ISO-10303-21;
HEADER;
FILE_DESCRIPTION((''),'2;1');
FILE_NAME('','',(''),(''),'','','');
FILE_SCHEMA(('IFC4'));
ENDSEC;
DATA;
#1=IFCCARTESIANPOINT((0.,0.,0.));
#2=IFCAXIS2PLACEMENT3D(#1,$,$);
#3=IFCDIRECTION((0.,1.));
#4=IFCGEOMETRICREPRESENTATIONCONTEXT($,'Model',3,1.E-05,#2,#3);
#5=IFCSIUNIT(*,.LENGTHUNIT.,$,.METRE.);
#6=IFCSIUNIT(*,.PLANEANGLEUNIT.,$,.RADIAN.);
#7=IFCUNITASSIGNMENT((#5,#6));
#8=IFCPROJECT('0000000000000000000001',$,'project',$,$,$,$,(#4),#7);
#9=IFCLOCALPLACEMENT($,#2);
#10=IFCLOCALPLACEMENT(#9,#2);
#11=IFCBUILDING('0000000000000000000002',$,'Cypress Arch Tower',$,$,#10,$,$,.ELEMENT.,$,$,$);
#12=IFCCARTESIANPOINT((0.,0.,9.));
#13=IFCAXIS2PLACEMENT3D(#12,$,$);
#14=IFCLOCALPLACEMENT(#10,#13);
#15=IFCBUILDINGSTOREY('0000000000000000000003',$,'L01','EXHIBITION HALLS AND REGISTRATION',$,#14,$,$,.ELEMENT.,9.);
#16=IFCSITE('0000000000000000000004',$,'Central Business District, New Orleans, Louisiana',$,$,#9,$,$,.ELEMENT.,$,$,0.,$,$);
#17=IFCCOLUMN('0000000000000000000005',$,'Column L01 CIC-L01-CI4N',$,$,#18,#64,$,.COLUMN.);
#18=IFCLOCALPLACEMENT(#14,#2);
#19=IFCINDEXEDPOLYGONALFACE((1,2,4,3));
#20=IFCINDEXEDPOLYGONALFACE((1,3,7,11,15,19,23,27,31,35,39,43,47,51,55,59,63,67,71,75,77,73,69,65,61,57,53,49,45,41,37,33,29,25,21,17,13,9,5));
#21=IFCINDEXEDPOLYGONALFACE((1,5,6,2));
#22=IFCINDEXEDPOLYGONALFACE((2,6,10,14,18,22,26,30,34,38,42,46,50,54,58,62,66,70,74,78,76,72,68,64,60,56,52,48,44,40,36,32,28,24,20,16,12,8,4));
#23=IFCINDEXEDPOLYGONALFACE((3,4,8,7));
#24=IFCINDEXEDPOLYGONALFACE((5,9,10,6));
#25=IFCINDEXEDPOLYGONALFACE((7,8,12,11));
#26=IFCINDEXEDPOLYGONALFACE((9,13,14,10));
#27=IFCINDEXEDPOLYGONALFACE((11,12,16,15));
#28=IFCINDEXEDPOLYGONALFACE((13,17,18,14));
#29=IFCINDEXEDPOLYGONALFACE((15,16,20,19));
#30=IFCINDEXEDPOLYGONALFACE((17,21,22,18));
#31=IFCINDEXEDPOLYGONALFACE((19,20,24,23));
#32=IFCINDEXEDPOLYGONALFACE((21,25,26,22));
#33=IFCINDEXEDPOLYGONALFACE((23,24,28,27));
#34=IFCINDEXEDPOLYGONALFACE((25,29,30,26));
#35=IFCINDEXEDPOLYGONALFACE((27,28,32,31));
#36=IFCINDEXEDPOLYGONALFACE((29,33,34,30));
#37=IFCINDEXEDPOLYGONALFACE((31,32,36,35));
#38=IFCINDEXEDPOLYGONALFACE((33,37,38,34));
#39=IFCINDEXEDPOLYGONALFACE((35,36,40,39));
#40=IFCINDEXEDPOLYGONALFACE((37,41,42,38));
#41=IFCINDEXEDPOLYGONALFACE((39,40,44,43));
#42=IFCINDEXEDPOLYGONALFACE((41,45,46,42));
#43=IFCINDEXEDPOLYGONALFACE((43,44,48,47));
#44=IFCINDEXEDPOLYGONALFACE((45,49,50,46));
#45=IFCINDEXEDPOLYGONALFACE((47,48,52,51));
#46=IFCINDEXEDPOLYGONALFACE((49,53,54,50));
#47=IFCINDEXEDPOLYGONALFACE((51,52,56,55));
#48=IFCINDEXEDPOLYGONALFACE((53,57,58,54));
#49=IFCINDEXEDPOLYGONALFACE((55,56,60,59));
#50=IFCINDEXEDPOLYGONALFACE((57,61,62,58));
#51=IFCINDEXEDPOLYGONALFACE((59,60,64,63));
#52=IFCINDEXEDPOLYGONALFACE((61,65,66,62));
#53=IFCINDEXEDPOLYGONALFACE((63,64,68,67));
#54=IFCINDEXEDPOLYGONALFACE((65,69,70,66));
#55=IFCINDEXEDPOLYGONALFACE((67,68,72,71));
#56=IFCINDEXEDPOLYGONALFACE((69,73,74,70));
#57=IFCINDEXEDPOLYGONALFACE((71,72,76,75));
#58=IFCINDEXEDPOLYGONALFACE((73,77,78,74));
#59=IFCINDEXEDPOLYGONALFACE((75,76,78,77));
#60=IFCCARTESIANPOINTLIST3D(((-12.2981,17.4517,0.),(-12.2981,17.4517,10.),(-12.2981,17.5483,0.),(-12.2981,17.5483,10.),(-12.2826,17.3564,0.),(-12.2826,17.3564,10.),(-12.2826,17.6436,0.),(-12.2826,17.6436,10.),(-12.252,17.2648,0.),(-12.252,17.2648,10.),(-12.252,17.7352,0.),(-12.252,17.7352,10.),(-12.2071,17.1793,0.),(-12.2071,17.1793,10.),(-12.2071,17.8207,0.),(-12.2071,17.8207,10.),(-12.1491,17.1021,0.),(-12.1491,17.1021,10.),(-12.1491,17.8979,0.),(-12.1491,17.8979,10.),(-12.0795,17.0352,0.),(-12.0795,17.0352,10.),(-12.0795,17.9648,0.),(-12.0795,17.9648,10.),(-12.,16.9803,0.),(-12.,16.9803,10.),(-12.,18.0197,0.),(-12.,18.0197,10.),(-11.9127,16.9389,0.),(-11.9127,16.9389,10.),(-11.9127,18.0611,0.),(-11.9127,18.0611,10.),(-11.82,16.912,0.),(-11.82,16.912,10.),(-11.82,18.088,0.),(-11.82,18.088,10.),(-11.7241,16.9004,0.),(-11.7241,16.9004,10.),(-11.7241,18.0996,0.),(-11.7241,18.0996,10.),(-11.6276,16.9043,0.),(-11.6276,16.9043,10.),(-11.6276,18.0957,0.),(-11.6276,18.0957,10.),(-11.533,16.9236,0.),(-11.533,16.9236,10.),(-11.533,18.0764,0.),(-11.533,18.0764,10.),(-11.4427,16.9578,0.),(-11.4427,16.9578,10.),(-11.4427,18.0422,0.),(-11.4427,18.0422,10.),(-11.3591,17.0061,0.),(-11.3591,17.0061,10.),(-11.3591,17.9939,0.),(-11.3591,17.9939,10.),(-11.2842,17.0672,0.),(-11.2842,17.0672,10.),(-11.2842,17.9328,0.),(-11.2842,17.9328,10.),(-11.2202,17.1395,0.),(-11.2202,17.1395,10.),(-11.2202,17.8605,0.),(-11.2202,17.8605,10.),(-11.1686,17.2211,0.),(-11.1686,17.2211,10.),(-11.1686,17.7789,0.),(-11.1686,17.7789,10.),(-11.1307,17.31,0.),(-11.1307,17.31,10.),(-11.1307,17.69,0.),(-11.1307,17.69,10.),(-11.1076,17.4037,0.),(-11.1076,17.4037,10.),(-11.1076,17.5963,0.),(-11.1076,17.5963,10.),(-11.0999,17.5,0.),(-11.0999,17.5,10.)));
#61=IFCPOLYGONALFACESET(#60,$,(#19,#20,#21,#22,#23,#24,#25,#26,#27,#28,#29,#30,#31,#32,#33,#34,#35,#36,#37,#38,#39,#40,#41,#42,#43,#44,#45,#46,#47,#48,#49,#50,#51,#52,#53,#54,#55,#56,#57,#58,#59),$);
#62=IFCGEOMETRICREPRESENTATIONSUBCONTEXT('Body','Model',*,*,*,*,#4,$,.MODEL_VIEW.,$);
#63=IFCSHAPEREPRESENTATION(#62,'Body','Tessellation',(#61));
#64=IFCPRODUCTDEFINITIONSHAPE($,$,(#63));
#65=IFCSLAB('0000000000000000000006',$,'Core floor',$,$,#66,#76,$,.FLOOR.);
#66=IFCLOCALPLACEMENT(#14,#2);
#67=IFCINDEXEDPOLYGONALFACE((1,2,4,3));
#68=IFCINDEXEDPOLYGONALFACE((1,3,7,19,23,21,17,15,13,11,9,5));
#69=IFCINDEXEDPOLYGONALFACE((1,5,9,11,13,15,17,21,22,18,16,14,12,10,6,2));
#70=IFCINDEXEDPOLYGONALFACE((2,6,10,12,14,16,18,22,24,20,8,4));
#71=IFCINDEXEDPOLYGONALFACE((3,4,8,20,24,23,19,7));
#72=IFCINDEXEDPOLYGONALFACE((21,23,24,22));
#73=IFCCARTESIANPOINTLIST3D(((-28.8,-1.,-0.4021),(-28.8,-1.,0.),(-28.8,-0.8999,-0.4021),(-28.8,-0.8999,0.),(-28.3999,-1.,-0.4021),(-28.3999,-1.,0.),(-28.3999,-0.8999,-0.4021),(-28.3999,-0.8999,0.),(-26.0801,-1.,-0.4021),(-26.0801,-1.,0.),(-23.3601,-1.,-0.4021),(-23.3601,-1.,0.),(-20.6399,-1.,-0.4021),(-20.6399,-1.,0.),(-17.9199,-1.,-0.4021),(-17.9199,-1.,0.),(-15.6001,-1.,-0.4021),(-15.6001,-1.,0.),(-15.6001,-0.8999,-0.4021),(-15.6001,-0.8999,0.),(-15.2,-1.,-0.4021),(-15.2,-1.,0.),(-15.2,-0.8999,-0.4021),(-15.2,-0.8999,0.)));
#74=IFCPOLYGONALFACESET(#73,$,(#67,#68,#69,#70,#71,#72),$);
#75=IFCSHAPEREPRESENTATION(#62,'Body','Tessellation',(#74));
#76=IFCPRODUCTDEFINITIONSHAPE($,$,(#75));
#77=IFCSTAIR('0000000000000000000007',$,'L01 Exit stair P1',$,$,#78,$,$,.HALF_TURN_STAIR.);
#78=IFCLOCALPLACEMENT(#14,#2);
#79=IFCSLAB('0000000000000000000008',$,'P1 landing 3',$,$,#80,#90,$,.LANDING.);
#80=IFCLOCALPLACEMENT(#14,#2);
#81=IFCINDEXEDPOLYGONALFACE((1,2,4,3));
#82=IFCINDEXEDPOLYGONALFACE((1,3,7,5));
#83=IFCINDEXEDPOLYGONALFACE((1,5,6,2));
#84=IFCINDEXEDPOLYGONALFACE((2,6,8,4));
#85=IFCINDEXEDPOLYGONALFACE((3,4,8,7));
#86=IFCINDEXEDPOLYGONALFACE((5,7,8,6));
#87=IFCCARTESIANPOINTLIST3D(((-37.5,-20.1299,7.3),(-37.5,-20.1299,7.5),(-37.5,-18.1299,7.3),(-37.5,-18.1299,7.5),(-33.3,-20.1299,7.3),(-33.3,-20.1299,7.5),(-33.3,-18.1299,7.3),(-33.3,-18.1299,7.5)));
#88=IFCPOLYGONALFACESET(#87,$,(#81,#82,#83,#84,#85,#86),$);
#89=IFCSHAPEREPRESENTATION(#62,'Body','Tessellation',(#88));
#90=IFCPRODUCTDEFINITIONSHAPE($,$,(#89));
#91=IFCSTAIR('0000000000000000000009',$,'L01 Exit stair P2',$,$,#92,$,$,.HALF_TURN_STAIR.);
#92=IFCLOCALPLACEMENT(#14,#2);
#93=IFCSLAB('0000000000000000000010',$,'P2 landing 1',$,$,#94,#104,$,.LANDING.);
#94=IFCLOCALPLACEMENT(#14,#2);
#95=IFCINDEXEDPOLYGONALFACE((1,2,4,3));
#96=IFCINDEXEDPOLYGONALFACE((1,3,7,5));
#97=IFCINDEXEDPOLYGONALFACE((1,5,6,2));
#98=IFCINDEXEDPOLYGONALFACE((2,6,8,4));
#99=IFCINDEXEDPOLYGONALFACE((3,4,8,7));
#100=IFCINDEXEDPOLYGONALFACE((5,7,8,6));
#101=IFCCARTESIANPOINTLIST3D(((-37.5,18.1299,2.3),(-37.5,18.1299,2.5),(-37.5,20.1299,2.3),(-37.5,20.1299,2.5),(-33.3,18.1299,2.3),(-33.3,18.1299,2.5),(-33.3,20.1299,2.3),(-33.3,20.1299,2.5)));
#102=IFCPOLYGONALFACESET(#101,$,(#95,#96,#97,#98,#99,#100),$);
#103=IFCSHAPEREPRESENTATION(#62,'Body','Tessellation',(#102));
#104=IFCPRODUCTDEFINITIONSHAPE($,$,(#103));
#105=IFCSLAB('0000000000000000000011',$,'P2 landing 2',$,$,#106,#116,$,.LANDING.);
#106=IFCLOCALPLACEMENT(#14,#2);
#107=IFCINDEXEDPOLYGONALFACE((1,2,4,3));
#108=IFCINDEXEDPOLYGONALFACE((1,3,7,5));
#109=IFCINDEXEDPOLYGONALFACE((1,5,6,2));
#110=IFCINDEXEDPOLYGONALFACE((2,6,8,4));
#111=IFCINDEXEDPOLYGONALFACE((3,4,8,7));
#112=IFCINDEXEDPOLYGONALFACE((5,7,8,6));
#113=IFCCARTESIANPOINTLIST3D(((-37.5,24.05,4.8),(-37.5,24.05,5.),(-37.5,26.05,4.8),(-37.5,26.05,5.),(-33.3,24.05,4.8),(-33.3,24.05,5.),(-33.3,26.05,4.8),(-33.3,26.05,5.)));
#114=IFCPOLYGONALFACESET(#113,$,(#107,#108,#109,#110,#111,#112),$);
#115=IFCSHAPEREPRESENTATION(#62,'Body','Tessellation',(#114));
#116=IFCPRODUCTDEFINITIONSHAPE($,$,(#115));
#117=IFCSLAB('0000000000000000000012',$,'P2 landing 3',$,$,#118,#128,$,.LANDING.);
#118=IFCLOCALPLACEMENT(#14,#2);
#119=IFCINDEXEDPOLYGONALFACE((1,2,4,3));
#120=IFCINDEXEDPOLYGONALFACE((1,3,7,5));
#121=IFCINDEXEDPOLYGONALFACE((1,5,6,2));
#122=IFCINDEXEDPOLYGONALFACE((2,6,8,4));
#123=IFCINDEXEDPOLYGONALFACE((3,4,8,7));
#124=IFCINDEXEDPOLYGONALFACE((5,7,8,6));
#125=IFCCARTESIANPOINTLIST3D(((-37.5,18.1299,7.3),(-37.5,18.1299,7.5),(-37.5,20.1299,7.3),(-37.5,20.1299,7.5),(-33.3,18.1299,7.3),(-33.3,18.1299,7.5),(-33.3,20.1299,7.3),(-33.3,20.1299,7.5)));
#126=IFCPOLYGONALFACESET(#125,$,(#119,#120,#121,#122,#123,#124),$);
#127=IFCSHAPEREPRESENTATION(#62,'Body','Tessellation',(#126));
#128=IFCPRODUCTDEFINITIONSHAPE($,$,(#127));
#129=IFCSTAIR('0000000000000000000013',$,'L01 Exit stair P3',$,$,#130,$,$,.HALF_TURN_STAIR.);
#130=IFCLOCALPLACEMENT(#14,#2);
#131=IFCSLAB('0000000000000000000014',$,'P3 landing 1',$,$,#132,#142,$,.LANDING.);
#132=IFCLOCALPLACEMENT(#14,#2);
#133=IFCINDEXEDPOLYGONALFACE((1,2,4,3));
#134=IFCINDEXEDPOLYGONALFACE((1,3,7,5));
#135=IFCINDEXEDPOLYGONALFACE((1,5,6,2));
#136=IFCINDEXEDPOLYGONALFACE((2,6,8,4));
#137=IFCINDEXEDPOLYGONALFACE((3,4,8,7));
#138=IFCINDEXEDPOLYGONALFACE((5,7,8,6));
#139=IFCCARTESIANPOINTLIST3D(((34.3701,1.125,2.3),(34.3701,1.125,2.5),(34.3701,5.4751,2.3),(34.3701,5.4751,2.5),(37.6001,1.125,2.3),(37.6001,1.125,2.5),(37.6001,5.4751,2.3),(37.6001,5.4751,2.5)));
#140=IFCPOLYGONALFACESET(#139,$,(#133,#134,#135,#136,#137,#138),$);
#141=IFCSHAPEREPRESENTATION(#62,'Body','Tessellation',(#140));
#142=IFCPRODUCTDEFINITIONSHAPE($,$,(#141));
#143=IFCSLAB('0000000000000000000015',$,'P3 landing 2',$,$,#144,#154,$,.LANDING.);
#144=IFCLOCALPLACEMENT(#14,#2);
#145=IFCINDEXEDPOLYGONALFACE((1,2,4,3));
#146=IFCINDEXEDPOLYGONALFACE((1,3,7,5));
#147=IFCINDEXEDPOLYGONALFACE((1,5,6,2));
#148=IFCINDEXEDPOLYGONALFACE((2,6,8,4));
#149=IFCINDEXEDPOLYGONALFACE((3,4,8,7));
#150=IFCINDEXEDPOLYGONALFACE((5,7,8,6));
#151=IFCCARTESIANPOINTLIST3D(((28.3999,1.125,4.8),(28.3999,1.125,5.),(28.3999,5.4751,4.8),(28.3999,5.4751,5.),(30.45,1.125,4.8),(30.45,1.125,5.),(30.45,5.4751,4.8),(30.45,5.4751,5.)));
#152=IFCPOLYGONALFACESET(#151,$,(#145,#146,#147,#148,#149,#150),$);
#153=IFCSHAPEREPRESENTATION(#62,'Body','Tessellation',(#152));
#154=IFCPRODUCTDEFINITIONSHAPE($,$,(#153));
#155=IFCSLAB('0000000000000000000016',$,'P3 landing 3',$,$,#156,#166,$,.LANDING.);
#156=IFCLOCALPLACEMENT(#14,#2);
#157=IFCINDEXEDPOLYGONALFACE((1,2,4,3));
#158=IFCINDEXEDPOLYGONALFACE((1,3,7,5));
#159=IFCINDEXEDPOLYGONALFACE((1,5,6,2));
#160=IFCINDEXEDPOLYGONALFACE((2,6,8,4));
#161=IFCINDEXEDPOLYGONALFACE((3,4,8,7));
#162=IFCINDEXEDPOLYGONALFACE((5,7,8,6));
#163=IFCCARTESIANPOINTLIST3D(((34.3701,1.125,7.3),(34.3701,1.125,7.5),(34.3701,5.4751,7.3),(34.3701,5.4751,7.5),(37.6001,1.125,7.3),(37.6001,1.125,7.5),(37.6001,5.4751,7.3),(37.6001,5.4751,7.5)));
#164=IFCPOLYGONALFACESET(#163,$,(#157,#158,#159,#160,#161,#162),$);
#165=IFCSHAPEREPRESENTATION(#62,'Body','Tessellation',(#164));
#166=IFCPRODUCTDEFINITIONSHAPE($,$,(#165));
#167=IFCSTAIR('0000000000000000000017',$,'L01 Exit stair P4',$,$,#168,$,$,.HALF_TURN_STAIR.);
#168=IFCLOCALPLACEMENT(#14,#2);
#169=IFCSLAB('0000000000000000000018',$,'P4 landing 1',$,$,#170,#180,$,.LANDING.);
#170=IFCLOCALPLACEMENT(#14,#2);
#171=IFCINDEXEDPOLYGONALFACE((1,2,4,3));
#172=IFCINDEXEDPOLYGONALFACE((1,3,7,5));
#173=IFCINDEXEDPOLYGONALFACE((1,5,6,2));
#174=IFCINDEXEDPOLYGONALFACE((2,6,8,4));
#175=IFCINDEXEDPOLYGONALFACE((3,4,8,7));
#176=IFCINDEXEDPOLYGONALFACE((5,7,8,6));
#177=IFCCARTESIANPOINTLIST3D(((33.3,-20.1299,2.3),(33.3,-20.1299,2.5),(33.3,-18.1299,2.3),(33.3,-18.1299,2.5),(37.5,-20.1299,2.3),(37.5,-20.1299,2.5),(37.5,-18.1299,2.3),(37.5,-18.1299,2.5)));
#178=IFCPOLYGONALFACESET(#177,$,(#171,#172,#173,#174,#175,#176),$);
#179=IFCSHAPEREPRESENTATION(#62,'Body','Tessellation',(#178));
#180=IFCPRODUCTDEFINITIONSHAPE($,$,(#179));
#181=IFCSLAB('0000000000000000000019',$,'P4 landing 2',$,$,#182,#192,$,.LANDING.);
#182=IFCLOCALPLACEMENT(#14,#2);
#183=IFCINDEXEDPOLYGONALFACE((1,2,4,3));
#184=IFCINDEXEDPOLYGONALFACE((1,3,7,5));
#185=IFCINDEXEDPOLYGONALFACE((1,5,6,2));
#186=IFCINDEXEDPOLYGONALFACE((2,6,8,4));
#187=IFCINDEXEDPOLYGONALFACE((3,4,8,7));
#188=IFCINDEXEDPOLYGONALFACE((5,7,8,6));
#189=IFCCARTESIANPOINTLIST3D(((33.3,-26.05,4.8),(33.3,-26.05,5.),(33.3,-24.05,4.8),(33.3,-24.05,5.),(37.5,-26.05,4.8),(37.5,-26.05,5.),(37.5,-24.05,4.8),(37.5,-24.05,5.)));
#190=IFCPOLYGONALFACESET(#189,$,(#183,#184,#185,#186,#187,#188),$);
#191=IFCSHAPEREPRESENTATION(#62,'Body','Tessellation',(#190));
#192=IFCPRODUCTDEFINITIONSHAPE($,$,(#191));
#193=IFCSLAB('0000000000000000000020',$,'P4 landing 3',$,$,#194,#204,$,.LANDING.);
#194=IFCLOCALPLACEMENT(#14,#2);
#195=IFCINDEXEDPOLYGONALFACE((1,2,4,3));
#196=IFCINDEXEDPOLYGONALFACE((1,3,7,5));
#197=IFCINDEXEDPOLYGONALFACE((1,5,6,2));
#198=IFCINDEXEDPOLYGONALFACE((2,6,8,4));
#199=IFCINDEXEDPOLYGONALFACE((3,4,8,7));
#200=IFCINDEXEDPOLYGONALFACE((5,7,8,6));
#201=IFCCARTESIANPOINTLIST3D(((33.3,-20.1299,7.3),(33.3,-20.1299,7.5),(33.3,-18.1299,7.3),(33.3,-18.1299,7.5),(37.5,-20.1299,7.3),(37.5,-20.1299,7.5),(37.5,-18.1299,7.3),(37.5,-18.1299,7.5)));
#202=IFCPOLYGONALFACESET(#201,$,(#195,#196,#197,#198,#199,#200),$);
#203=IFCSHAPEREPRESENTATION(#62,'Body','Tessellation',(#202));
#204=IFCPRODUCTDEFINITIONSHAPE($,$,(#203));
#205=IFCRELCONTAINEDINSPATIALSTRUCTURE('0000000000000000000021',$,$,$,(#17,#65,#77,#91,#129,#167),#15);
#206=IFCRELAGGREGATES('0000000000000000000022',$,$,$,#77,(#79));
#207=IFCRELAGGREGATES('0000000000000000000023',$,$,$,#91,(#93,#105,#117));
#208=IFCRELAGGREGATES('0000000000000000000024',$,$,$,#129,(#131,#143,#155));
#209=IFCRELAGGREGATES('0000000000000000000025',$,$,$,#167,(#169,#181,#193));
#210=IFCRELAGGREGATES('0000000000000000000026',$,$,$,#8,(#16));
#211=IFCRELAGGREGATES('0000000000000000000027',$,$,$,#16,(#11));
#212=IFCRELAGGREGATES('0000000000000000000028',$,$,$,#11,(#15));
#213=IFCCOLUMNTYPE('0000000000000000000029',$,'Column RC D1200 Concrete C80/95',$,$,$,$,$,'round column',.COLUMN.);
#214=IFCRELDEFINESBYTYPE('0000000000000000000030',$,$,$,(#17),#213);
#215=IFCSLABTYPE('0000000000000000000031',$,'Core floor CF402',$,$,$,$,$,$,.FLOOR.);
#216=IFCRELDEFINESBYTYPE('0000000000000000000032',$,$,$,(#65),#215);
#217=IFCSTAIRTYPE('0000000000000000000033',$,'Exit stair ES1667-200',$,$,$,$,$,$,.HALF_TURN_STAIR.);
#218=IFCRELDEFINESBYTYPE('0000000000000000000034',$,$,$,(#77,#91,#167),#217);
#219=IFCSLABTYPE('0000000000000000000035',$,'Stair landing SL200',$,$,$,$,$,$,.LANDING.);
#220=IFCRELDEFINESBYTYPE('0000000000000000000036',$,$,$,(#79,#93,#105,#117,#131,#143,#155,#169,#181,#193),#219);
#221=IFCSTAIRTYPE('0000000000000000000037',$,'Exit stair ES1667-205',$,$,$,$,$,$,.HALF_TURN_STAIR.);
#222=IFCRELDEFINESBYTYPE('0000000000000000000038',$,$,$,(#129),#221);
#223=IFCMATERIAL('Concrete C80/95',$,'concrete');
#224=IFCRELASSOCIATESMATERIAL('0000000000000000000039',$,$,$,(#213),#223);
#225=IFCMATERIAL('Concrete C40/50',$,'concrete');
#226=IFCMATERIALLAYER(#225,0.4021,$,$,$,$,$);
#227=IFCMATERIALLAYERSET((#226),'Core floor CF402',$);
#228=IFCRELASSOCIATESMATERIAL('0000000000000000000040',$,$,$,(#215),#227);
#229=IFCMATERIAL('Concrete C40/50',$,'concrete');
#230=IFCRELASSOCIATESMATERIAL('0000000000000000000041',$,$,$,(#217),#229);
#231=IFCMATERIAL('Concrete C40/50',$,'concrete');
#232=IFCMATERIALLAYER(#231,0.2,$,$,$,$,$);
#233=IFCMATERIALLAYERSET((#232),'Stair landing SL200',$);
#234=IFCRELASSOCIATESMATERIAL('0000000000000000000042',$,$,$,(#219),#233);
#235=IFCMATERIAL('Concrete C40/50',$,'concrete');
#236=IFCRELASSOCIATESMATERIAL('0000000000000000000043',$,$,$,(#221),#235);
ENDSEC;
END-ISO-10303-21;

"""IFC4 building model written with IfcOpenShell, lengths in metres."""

from ifc_helpers import new_model, si_unit, direction, frame, origin, origin_2d, place, context, subcontext, project, spatial, polyline, circle, outline, extrude, material, layer, layer_set, material_profile, profile_set, type_object, element, aggregate, save


model = new_model("IFC4")

# Units and contexts
model_context = context("Model", 3, precision=1e-05, world=origin(), true_north=direction((0.0, 1.0)))
body_context = subcontext(model_context, "Body", "Model", "MODEL_VIEW")
ifc_project = project(units=[si_unit("LENGTHUNIT", "METRE"), si_unit("PLANEANGLEUNIT", "RADIAN")], contexts=[model_context])

# Site, building, storey
site_placement = place(None, origin())
site = spatial("IfcSite", under=ifc_project, at=site_placement, Name="Central Business District, New Orleans, Louisiana", CompositionType="ELEMENT", RefElevation=0.0)
building_placement = place(site_placement, origin())
building = spatial("IfcBuilding", under=site, at=building_placement, Name="Cypress Arch Tower", CompositionType="ELEMENT")
storey_placement = place(building_placement, frame((0.0, 0.0, 9.0)))
storey = spatial("IfcBuildingStorey", under=building, at=storey_placement, Name="L01", Description="EXHIBITION HALLS AND REGISTRATION", CompositionType="ELEMENT", Elevation=9.0)

# Column
ifc_material_1 = material(Name="Concrete C80/95", Category="concrete")
ifc_material_profile = material_profile(ifc_material_1, circle(Radius=0.6001, at=origin_2d()), Name="RC D1200")
ifc_profile_set = profile_set([ifc_material_profile], Name="Concrete C80/95")
column_type = type_object("IfcColumnType", Name="Column RC D1200 Concrete C80/95", ElementType="round column", PredefinedType="COLUMN", material=ifc_profile_set)
column_placement = place(storey_placement, frame((-11.7, 17.5, 0.0), z_axis=(0.0, 0.0, 1.0), x_axis=(1.0, 0.0, 0.0)))
element("IfcColumn", 1, at=column_placement, inside=storey, type_object=column_type, Name="Column L01 CIC-L01-CI4N", PredefinedType="COLUMN", context=body_context, shape_type="SweptSolid", body=[
    extrude(circle(Radius=0.6001, at=origin_2d()), origin(), (0.0, 0.0, 1.0), 10.0),
])

# Slab
ifc_material_2 = material(Name="Concrete C40/50", Category="concrete")
ifc_layer_1 = layer(ifc_material_2, 0.4021)
ifc_layer_set_1 = layer_set([ifc_layer_1], Name="Core floor CF402")
slab_type_1 = type_object("IfcSlabType", Name="Core floor CF402", PredefinedType="FLOOR", material=ifc_layer_set_1)
slab_1_placement = place(storey_placement, frame((0.0, 0.0, -0.4021)))
element("IfcSlab", 2, at=slab_1_placement, inside=storey, type_object=slab_type_1, Name="Core floor", PredefinedType="FLOOR", context=body_context, shape_type="SweptSolid", body=[
    extrude(outline(polyline([(-20.6399, -1.0), (-23.3601, -1.0), (-26.0801, -1.0), (-28.3999, -1.0), (-28.8, -1.0), (-28.8, -0.8999), (-28.3999, -0.8999), (-15.6001, -0.8999), (-15.2, -0.8999), (-15.2, -1.0), (-15.6001, -1.0), (-17.9199, -1.0), (-20.6399, -1.0)])), origin(), (0.0, 0.0, 1.0), 0.4021),
])

# Stair, slab
ifc_material_3 = material(Name="Concrete C40/50", Category="concrete")
stair_type_1 = type_object("IfcStairType", Name="Exit stair ES1667-200", PredefinedType="HALF_TURN_STAIR", material=ifc_material_3)
stair_1_placement = place(storey_placement, origin())
stair_1 = element("IfcStair", 3, at=stair_1_placement, inside=storey, type_object=stair_type_1, Name="L01 Exit stair P1", PredefinedType="HALF_TURN_STAIR")
ifc_material_4 = material(Name="Concrete C40/50", Category="concrete")
ifc_layer_2 = layer(ifc_material_4, 0.2)
ifc_layer_set_2 = layer_set([ifc_layer_2], Name="Stair landing SL200")
slab_type_2 = type_object("IfcSlabType", Name="Stair landing SL200", PredefinedType="LANDING", material=ifc_layer_set_2)
slab_2_placement = place(storey_placement, frame((0.0, 0.0, 7.3)))
slab_2 = element("IfcSlab", 4, at=slab_2_placement, type_object=slab_type_2, Name="P1 landing 3", PredefinedType="LANDING", context=body_context, shape_type="SweptSolid", body=[
    extrude(outline(polyline([(-33.3, -20.1299), (-33.3, -18.1299), (-37.5, -18.1299), (-37.5, -20.1299), (-33.3, -20.1299)])), origin(), (0.0, 0.0, 1.0), 0.2),
])
aggregate(stair_1, [slab_2])

# Stairs, slabs
stair_2_placement = place(storey_placement, origin())
stair_2 = element("IfcStair", 5, at=stair_2_placement, inside=storey, type_object=stair_type_1, Name="L01 Exit stair P2", PredefinedType="HALF_TURN_STAIR")
slab_3_placement = place(storey_placement, frame((0.0, 0.0, 2.3)))
slab_3 = element("IfcSlab", 6, at=slab_3_placement, type_object=slab_type_2, Name="P2 landing 1", PredefinedType="LANDING", context=body_context, shape_type="SweptSolid", body=[
    extrude(outline(polyline([(-37.5, 20.1299), (-37.5, 18.1299), (-33.3, 18.1299), (-33.3, 20.1299), (-37.5, 20.1299)])), origin(), (0.0, 0.0, 1.0), 0.2),
])
slab_4_placement = place(storey_placement, frame((0.0, 0.0, 4.8)))
slab_4 = element("IfcSlab", 7, at=slab_4_placement, type_object=slab_type_2, Name="P2 landing 2", PredefinedType="LANDING", context=body_context, shape_type="SweptSolid", body=[
    extrude(outline(polyline([(-37.5, 26.05), (-37.5, 24.05), (-33.3, 24.05), (-33.3, 26.05), (-37.5, 26.05)])), origin(), (0.0, 0.0, 1.0), 0.2),
])
slab_5_placement = place(storey_placement, frame((0.0, 0.0, 7.3)))
slab_5 = element("IfcSlab", 8, at=slab_5_placement, type_object=slab_type_2, Name="P2 landing 3", PredefinedType="LANDING", context=body_context, shape_type="SweptSolid", body=[
    extrude(outline(polyline([(-37.5, 20.1299), (-37.5, 18.1299), (-33.3, 18.1299), (-33.3, 20.1299), (-37.5, 20.1299)])), origin(), (0.0, 0.0, 1.0), 0.2),
])
aggregate(stair_2, [slab_3, slab_4, slab_5])
ifc_material_5 = material(Name="Concrete C40/50", Category="concrete")
stair_type_2 = type_object("IfcStairType", Name="Exit stair ES1667-205", PredefinedType="HALF_TURN_STAIR", material=ifc_material_5)
stair_3_placement = place(storey_placement, origin())
stair_3 = element("IfcStair", 9, at=stair_3_placement, inside=storey, type_object=stair_type_2, Name="L01 Exit stair P3", PredefinedType="HALF_TURN_STAIR")
slab_6_placement = place(storey_placement, frame((0.0, 0.0, 2.3)))
slab_6 = element("IfcSlab", 10, at=slab_6_placement, type_object=slab_type_2, Name="P3 landing 1", PredefinedType="LANDING", context=body_context, shape_type="SweptSolid", body=[
    extrude(outline(polyline([(34.3701, 1.125), (37.6001, 1.125), (37.6001, 5.4751), (34.3701, 5.4751), (34.3701, 1.125)])), origin(), (0.0, 0.0, 1.0), 0.2),
])
slab_7_placement = place(storey_placement, frame((0.0, 0.0, 4.8)))
slab_7 = element("IfcSlab", 11, at=slab_7_placement, type_object=slab_type_2, Name="P3 landing 2", PredefinedType="LANDING", context=body_context, shape_type="SweptSolid", body=[
    extrude(outline(polyline([(28.3999, 1.125), (30.45, 1.125), (30.45, 5.4751), (28.3999, 5.4751), (28.3999, 1.125)])), origin(), (0.0, 0.0, 1.0), 0.2),
])
slab_8_placement = place(storey_placement, frame((0.0, 0.0, 7.3)))
slab_8 = element("IfcSlab", 12, at=slab_8_placement, type_object=slab_type_2, Name="P3 landing 3", PredefinedType="LANDING", context=body_context, shape_type="SweptSolid", body=[
    extrude(outline(polyline([(34.3701, 1.125), (37.6001, 1.125), (37.6001, 5.4751), (34.3701, 5.4751), (34.3701, 1.125)])), origin(), (0.0, 0.0, 1.0), 0.2),
])
aggregate(stair_3, [slab_6, slab_7, slab_8])
stair_4_placement = place(storey_placement, origin())
stair_4 = element("IfcStair", 13, at=stair_4_placement, inside=storey, type_object=stair_type_1, Name="L01 Exit stair P4", PredefinedType="HALF_TURN_STAIR")
slab_9_placement = place(storey_placement, frame((0.0, 0.0, 2.3)))
slab_9 = element("IfcSlab", 14, at=slab_9_placement, type_object=slab_type_2, Name="P4 landing 1", PredefinedType="LANDING", context=body_context, shape_type="SweptSolid", body=[
    extrude(outline(polyline([(37.5, -20.1299), (37.5, -18.1299), (33.3, -18.1299), (33.3, -20.1299), (37.5, -20.1299)])), origin(), (0.0, 0.0, 1.0), 0.2),
])
slab_10_placement = place(storey_placement, frame((0.0, 0.0, 4.8)))
slab_10 = element("IfcSlab", 15, at=slab_10_placement, type_object=slab_type_2, Name="P4 landing 2", PredefinedType="LANDING", context=body_context, shape_type="SweptSolid", body=[
    extrude(outline(polyline([(37.5, -26.05), (37.5, -24.05), (33.3, -24.05), (33.3, -26.05), (37.5, -26.05)])), origin(), (0.0, 0.0, 1.0), 0.2),
])
slab_11_placement = place(storey_placement, frame((0.0, 0.0, 7.3)))
slab_11 = element("IfcSlab", 16, at=slab_11_placement, type_object=slab_type_2, Name="P4 landing 3", PredefinedType="LANDING", context=body_context, shape_type="SweptSolid", body=[
    extrude(outline(polyline([(37.5, -20.1299), (37.5, -18.1299), (33.3, -18.1299), (33.3, -20.1299), (37.5, -20.1299)])), origin(), (0.0, 0.0, 1.0), 0.2),
])
aggregate(stair_4, [slab_9, slab_10, slab_11])

save(model, "model.ifc")
